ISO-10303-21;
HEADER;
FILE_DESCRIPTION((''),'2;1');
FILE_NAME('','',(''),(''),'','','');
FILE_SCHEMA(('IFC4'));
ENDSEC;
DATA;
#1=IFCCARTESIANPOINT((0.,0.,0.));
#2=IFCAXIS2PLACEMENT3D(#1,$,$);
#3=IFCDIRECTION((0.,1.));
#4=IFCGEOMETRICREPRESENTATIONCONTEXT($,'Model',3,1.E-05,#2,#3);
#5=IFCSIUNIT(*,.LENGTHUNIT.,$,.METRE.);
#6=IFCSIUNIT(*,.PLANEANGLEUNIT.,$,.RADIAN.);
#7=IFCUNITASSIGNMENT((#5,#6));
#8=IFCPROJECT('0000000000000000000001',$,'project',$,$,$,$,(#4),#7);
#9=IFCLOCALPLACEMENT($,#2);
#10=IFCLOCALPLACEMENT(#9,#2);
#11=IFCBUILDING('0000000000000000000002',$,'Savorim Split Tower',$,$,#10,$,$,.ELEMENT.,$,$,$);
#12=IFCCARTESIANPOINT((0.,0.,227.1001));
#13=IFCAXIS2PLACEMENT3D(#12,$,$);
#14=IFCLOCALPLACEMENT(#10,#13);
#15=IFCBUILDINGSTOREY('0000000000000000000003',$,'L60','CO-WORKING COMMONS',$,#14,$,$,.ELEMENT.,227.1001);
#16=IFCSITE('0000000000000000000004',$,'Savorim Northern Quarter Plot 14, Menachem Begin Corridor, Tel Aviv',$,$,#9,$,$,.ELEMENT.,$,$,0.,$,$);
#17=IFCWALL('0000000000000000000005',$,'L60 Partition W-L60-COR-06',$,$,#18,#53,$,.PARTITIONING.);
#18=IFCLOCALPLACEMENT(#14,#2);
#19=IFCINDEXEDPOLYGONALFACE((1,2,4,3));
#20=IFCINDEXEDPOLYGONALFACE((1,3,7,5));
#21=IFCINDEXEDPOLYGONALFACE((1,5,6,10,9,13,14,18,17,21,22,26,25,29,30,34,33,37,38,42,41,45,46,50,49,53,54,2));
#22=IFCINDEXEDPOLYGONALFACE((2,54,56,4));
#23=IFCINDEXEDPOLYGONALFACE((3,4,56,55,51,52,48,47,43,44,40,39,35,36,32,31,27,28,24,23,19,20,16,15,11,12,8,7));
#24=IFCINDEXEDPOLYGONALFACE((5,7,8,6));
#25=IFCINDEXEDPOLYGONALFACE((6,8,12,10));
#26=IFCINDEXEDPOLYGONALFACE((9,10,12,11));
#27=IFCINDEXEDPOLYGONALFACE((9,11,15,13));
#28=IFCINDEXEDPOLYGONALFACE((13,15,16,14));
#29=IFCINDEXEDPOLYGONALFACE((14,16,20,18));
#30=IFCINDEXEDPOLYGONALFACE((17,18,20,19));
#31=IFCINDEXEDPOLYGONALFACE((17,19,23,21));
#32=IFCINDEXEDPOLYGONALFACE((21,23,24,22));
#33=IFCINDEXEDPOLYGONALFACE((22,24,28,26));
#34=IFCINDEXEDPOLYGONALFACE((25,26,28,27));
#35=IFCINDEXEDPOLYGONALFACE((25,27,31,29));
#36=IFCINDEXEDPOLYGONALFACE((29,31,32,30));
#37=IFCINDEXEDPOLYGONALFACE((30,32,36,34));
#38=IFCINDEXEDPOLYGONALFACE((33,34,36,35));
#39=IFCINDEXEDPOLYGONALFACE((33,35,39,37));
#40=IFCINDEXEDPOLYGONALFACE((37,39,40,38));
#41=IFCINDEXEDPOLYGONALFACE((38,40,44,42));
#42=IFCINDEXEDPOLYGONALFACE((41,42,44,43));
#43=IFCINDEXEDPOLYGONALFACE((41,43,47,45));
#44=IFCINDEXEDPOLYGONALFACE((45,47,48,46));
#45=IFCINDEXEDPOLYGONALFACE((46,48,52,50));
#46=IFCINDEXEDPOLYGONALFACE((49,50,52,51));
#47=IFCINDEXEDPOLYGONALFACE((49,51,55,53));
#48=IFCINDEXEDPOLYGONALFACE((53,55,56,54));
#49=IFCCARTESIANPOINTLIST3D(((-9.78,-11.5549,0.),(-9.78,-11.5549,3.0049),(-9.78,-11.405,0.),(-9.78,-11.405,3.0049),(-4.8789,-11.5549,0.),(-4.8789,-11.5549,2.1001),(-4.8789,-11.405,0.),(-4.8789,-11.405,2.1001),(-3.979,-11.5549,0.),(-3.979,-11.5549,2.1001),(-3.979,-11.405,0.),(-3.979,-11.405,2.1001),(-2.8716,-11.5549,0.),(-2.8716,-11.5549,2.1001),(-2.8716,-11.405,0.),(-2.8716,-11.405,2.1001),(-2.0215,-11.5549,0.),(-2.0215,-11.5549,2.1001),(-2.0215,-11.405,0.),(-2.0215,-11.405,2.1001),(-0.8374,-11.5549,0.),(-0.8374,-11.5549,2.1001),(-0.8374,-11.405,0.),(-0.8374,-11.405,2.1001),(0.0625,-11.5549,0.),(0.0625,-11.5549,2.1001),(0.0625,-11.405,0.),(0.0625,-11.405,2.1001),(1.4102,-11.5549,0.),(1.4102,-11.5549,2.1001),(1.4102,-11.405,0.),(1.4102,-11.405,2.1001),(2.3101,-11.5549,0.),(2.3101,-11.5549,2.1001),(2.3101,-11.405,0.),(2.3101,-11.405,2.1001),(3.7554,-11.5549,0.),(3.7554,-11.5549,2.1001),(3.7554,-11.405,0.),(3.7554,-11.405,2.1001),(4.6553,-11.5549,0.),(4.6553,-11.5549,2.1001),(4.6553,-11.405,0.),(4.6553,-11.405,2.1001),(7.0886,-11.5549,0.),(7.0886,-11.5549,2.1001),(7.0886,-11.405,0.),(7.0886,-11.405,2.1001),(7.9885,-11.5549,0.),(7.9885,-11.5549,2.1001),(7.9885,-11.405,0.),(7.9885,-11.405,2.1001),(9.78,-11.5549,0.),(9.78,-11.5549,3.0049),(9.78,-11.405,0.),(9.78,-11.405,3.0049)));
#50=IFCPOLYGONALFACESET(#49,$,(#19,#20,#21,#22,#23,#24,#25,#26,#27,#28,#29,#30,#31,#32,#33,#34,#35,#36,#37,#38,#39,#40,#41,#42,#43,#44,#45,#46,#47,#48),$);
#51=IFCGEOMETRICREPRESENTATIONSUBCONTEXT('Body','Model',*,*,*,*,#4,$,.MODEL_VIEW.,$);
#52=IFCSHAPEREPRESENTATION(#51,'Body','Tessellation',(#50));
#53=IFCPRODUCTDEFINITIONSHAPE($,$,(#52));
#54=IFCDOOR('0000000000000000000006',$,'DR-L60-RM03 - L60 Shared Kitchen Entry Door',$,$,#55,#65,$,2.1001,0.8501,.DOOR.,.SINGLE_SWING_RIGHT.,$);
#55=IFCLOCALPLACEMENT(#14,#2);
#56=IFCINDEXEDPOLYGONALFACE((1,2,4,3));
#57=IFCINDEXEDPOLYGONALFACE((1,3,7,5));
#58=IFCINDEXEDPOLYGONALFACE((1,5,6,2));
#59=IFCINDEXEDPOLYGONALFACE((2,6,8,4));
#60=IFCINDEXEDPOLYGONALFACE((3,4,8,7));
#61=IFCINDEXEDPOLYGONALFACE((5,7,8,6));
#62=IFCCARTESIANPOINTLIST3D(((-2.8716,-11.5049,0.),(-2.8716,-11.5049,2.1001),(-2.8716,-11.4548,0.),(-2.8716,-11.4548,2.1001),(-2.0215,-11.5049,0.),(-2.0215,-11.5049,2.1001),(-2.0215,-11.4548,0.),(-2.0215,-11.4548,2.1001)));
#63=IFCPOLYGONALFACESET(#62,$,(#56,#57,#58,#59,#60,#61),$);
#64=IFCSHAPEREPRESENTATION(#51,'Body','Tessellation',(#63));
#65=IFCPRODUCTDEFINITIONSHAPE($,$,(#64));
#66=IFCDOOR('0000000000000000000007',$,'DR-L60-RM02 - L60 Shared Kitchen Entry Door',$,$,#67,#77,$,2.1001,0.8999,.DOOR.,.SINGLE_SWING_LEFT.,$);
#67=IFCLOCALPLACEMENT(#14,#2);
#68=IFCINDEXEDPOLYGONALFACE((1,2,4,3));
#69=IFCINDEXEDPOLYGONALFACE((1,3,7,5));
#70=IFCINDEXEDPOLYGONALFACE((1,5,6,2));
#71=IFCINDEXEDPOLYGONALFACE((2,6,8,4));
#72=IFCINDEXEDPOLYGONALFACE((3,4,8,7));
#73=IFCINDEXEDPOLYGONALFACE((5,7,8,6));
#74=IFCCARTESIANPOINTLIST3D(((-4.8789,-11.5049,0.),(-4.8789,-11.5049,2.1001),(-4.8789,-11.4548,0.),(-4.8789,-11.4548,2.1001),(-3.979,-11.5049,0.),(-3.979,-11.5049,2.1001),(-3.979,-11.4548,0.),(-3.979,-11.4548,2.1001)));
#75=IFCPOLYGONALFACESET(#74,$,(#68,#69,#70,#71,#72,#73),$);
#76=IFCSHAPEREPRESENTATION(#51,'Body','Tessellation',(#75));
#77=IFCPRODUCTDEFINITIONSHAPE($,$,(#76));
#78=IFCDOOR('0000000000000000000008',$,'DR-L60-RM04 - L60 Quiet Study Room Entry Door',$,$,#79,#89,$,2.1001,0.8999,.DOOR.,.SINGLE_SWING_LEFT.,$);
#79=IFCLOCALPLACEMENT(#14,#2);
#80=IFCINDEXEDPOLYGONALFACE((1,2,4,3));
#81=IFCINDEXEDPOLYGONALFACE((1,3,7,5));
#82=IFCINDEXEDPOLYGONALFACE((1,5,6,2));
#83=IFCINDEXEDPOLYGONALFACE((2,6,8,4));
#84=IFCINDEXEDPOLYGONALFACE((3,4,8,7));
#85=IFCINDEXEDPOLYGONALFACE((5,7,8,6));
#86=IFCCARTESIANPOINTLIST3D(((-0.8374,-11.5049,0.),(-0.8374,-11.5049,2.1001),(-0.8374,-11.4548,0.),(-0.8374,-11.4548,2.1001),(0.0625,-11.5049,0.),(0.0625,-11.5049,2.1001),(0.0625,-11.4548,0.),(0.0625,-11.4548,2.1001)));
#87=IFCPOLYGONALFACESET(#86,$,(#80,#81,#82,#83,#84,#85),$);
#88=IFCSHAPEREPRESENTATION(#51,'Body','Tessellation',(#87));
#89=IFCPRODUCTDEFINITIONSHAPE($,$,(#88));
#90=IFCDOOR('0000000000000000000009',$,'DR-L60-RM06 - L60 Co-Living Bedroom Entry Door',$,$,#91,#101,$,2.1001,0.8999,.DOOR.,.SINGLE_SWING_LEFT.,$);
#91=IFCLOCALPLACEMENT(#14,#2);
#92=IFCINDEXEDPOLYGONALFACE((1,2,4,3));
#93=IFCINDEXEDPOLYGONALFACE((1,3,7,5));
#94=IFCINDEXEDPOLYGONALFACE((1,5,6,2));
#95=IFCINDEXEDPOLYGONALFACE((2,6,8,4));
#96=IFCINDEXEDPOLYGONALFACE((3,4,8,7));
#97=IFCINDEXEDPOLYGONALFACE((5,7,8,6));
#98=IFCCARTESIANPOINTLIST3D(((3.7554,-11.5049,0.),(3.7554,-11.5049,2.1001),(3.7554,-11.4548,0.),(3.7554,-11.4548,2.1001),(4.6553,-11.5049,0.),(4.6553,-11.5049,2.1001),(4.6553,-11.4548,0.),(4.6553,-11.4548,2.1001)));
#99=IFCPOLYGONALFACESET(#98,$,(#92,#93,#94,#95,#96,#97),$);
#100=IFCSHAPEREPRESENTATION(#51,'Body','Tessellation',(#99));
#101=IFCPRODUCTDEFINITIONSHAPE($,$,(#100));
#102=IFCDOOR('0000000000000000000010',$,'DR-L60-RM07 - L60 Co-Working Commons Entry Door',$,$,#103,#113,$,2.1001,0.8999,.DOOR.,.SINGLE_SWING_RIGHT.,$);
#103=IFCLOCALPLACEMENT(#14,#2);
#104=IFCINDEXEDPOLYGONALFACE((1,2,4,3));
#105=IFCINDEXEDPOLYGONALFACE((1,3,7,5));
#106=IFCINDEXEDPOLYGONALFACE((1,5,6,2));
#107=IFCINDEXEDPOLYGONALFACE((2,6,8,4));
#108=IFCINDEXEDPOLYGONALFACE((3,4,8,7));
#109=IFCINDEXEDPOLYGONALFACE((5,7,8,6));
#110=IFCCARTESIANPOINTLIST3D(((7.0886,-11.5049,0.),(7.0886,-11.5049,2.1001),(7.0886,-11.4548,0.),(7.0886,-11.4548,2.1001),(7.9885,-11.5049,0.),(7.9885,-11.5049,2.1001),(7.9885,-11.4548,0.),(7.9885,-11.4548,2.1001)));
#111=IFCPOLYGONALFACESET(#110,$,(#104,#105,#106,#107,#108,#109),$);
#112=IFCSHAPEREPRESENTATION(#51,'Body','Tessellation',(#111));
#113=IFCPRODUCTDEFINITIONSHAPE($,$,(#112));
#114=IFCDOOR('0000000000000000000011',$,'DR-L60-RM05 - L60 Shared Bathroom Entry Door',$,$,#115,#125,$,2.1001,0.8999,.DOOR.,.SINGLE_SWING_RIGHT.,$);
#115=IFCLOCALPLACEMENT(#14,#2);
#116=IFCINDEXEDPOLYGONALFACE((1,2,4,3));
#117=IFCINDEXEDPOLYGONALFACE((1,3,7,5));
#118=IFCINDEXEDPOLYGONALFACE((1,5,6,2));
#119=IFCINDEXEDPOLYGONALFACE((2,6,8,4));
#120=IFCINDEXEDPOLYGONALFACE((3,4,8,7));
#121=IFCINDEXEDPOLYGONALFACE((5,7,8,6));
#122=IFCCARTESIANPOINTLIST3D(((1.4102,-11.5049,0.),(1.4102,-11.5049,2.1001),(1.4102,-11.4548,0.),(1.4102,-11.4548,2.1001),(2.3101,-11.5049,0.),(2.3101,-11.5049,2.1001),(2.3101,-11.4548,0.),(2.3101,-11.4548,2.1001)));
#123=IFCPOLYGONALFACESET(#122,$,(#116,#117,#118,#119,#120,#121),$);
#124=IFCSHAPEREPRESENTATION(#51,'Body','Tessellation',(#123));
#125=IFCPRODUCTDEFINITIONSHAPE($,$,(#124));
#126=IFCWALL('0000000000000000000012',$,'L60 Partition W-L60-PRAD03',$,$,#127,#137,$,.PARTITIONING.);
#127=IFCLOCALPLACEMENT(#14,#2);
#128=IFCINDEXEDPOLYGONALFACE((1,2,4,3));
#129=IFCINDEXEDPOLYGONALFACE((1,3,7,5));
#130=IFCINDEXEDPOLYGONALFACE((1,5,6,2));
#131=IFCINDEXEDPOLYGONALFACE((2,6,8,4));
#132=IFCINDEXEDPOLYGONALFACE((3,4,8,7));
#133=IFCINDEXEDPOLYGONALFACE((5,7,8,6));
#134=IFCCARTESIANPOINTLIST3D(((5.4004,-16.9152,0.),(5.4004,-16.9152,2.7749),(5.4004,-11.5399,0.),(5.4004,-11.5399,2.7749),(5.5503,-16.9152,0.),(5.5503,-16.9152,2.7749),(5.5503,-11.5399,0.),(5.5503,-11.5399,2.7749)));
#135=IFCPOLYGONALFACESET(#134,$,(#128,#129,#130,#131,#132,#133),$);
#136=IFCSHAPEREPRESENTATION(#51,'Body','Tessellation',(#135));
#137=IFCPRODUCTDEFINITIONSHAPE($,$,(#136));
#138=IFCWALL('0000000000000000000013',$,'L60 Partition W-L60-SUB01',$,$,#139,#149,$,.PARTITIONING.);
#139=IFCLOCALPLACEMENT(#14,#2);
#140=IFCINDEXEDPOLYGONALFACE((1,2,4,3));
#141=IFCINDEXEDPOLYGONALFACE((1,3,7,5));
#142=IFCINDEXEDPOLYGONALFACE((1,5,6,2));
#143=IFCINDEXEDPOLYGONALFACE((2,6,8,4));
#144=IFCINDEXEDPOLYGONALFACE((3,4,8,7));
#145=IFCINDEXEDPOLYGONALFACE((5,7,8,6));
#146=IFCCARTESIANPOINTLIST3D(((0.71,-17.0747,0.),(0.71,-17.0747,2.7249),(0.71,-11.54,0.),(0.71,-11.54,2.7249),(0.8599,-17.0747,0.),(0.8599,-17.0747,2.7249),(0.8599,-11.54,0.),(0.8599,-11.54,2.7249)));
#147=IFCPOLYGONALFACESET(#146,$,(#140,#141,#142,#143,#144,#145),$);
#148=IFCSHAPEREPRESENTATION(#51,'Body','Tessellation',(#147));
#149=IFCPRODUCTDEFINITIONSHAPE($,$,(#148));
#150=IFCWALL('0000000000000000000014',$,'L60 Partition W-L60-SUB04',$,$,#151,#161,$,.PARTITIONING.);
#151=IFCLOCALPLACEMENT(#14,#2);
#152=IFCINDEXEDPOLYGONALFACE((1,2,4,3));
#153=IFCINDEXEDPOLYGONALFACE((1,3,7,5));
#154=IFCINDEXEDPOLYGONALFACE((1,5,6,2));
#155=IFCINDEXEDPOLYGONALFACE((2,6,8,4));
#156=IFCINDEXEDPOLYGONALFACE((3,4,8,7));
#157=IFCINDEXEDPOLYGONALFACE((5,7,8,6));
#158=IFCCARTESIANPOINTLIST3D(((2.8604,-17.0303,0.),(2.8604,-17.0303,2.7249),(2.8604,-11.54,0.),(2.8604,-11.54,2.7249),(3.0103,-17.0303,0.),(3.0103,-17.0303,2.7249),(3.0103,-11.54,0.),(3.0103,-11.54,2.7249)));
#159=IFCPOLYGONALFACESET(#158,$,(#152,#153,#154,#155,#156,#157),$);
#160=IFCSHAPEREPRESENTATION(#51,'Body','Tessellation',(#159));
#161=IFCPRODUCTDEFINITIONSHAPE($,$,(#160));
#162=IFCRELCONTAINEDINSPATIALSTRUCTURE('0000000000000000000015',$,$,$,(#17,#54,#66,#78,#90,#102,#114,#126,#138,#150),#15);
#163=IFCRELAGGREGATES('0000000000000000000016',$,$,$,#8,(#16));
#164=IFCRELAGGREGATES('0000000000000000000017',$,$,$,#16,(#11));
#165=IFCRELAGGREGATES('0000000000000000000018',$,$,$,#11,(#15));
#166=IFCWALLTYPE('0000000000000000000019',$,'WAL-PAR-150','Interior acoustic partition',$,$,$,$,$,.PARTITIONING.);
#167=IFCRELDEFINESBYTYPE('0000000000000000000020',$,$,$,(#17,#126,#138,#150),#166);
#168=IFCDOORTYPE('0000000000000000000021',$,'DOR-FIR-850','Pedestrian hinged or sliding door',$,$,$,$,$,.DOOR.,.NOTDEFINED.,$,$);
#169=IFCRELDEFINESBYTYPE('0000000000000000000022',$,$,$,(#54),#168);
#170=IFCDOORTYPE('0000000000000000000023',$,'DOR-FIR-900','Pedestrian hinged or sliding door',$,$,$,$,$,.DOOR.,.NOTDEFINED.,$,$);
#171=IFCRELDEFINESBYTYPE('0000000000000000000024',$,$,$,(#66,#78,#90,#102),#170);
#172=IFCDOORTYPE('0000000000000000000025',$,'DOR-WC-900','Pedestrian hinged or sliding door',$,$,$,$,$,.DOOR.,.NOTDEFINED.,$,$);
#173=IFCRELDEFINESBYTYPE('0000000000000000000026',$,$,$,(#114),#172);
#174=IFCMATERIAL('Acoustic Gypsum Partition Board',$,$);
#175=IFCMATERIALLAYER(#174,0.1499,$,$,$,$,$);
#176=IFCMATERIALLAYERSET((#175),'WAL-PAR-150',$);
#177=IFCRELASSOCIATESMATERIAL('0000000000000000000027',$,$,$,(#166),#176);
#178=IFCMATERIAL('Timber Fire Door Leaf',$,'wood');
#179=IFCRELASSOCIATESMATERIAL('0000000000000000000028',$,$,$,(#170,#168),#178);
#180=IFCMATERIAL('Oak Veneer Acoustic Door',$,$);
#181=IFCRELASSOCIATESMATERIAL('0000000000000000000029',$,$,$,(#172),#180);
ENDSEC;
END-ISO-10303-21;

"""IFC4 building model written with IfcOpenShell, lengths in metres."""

from ifc_helpers import new_model, si_unit, direction, frame, frame_2d, origin, place, context, subcontext, project, spatial, rectangle, extrude, material, layer, layer_set, type_object, element, fill, save


model = new_model("IFC4")

# Units and contexts
model_context = context("Model", 3, precision=1e-05, world=origin(), true_north=direction((0.0, 1.0)))
body_context = subcontext(model_context, "Body", "Model", "MODEL_VIEW")
ifc_project = project(units=[si_unit("LENGTHUNIT", "METRE"), si_unit("PLANEANGLEUNIT", "RADIAN")], contexts=[model_context])

# Site, building, storey
site_placement = place(None, origin())
site = spatial("IfcSite", under=ifc_project, at=site_placement, Name="Savorim Northern Quarter Plot 14, Menachem Begin Corridor, Tel Aviv", CompositionType="ELEMENT", RefElevation=0.0)
building_placement = place(site_placement, origin())
building = spatial("IfcBuilding", under=site, at=building_placement, Name="Savorim Split Tower", CompositionType="ELEMENT")
storey_placement = place(building_placement, frame((0.0, 0.0, 227.1001)))
storey = spatial("IfcBuildingStorey", under=building, at=storey_placement, Name="L60", Description="CO-WORKING COMMONS", CompositionType="ELEMENT", Elevation=227.1001)

# Shared definitions
ifc_material_1 = material(Name="Timber Fire Door Leaf", Category="wood")

# Shared definitions
ifc_material_2 = material(Name="Acoustic Gypsum Partition Board")
ifc_layer_1 = layer(ifc_material_2, 0.1499)
ifc_layer_set_1 = layer_set([ifc_layer_1], Name="WAL-PAR-150")
wall_type_1 = type_object("IfcWallType", Name="WAL-PAR-150", Description="Interior acoustic partition", PredefinedType="PARTITIONING", material=ifc_layer_set_1)
door_type_1 = type_object("IfcDoorType", Name="DOR-FIR-900", Description="Pedestrian hinged or sliding door", OperationType="NOTDEFINED", PredefinedType="DOOR", material=ifc_material_1)

# Wall, openings, doors
wall_1_placement = place(storey_placement, frame((9.78, -11.48, 0.0), z_axis=(0.0, 0.0, 1.0), x_axis=(-1.0, 0.0, 0.0)))
wall_1 = element("IfcWall", 1, at=wall_1_placement, inside=storey, type_object=wall_type_1, Name="L60 Partition W-L60-COR-06", PredefinedType="PARTITIONING", context=body_context, shape_type="SweptSolid", body=[
    extrude(rectangle(XDim=19.5601, YDim=0.1499, at=frame_2d((9.78, 0.0))), origin(), (0.0, 0.0, 1.0), 3.0049),
])
opening_1_placement = place(wall_1_placement, frame((13.759, 0.0, 0.0)))
opening_1 = element("IfcOpeningElement", 2, at=opening_1_placement, cuts=wall_1, PredefinedType="OPENING", context=body_context, shape_type="SweptSolid", body=[
    extrude(rectangle(XDim=0.8999, YDim=2.1001, at=frame_2d((0.45, 1.05))), frame((0.0, 0.085, 0.0), z_axis=(0.0, -1.0, 0.0), x_axis=(1.0, 0.0, 0.0)), (0.0, 0.0, 1.0), 0.1699),
])
opening_2_placement = place(wall_1_placement, frame((11.8015, 0.0, 0.0)))
opening_2 = element("IfcOpeningElement", 3, at=opening_2_placement, cuts=wall_1, PredefinedType="OPENING", context=body_context, shape_type="SweptSolid", body=[
    extrude(rectangle(XDim=0.8501, YDim=2.1001, at=frame_2d((0.425, 1.05))), frame((0.0, 0.085, 0.0), z_axis=(0.0, -1.0, 0.0), x_axis=(1.0, 0.0, 0.0)), (0.0, 0.0, 1.0), 0.1699),
])
opening_3_placement = place(wall_1_placement, frame((9.7175, 0.0, 0.0)))
opening_3 = element("IfcOpeningElement", 4, at=opening_3_placement, cuts=wall_1, PredefinedType="OPENING", context=body_context, shape_type="SweptSolid", body=[
    extrude(rectangle(XDim=0.8999, YDim=2.1001, at=frame_2d((0.45, 1.05))), frame((0.0, 0.085, 0.0), z_axis=(0.0, -1.0, 0.0), x_axis=(1.0, 0.0, 0.0)), (0.0, 0.0, 1.0), 0.1699),
])
opening_4_placement = place(wall_1_placement, frame((7.47, 0.0, 0.0)))
opening_4 = element("IfcOpeningElement", 5, at=opening_4_placement, cuts=wall_1, PredefinedType="OPENING", context=body_context, shape_type="SweptSolid", body=[
    extrude(rectangle(XDim=0.8999, YDim=2.1001, at=frame_2d((0.45, 1.05))), frame((0.0, 0.085, 0.0), z_axis=(0.0, -1.0, 0.0), x_axis=(1.0, 0.0, 0.0)), (0.0, 0.0, 1.0), 0.1699),
])
opening_5_placement = place(wall_1_placement, frame((5.1248, 0.0, 0.0)))
opening_5 = element("IfcOpeningElement", 6, at=opening_5_placement, cuts=wall_1, PredefinedType="OPENING", context=body_context, shape_type="SweptSolid", body=[
    extrude(rectangle(XDim=0.8999, YDim=2.1001, at=frame_2d((0.45, 1.05))), frame((0.0, 0.085, 0.0), z_axis=(0.0, -1.0, 0.0), x_axis=(1.0, 0.0, 0.0)), (0.0, 0.0, 1.0), 0.1699),
])
opening_6_placement = place(wall_1_placement, frame((1.7915, 0.0, 0.0)))
opening_6 = element("IfcOpeningElement", 7, at=opening_6_placement, cuts=wall_1, PredefinedType="OPENING", context=body_context, shape_type="SweptSolid", body=[
    extrude(rectangle(XDim=0.8999, YDim=2.1001, at=frame_2d((0.45, 1.05))), frame((0.0, 0.085, 0.0), z_axis=(0.0, -1.0, 0.0), x_axis=(1.0, 0.0, 0.0)), (0.0, 0.0, 1.0), 0.1699),
])
door_type_2 = type_object("IfcDoorType", Name="DOR-FIR-850", Description="Pedestrian hinged or sliding door", OperationType="NOTDEFINED", PredefinedType="DOOR", material=ifc_material_1)
door_1_placement = place(opening_2_placement, origin())
door_1 = element("IfcDoor", 8, at=door_1_placement, inside=storey, type_object=door_type_2, Name="DR-L60-RM03 - L60 Shared Kitchen Entry Door", OperationType="SINGLE_SWING_RIGHT", OverallHeight=2.1001, OverallWidth=0.8501, PredefinedType="DOOR", context=body_context, shape_type="SweptSolid", body=[
    extrude(rectangle(XDim=0.8501, YDim=2.1001, at=frame_2d((0.425, 1.05))), frame((0.0, 0.0249, 0.0), z_axis=(0.0, -1.0, 0.0), x_axis=(1.0, 0.0, 0.0)), (0.0, 0.0, 1.0), 0.05),
])
fill(opening_2, door_1)
door_2_placement = place(opening_1_placement, origin())
door_2 = element("IfcDoor", 9, at=door_2_placement, inside=storey, type_object=door_type_1, Name="DR-L60-RM02 - L60 Shared Kitchen Entry Door", OperationType="SINGLE_SWING_LEFT", OverallHeight=2.1001, OverallWidth=0.8999, PredefinedType="DOOR", context=body_context, shape_type="SweptSolid", body=[
    extrude(rectangle(XDim=0.8999, YDim=2.1001, at=frame_2d((0.45, 1.05))), frame((0.0, 0.0249, 0.0), z_axis=(0.0, -1.0, 0.0), x_axis=(1.0, 0.0, 0.0)), (0.0, 0.0, 1.0), 0.05),
])
fill(opening_1, door_2)
door_3_placement = place(opening_3_placement, origin())
door_3 = element("IfcDoor", 10, at=door_3_placement, inside=storey, type_object=door_type_1, Name="DR-L60-RM04 - L60 Quiet Study Room Entry Door", OperationType="SINGLE_SWING_LEFT", OverallHeight=2.1001, OverallWidth=0.8999, PredefinedType="DOOR", context=body_context, shape_type="SweptSolid", body=[
    extrude(rectangle(XDim=0.8999, YDim=2.1001, at=frame_2d((0.45, 1.05))), frame((0.0, 0.0249, 0.0), z_axis=(0.0, -1.0, 0.0), x_axis=(1.0, 0.0, 0.0)), (0.0, 0.0, 1.0), 0.05),
])
fill(opening_3, door_3)
door_4_placement = place(opening_5_placement, origin())
door_4 = element("IfcDoor", 11, at=door_4_placement, inside=storey, type_object=door_type_1, Name="DR-L60-RM06 - L60 Co-Living Bedroom Entry Door", OperationType="SINGLE_SWING_LEFT", OverallHeight=2.1001, OverallWidth=0.8999, PredefinedType="DOOR", context=body_context, shape_type="SweptSolid", body=[
    extrude(rectangle(XDim=0.8999, YDim=2.1001, at=frame_2d((0.45, 1.05))), frame((0.0, 0.0249, 0.0), z_axis=(0.0, -1.0, 0.0), x_axis=(1.0, 0.0, 0.0)), (0.0, 0.0, 1.0), 0.05),
])
fill(opening_5, door_4)
door_5_placement = place(opening_6_placement, origin())
door_5 = element("IfcDoor", 12, at=door_5_placement, inside=storey, type_object=door_type_1, Name="DR-L60-RM07 - L60 Co-Working Commons Entry Door", OperationType="SINGLE_SWING_RIGHT", OverallHeight=2.1001, OverallWidth=0.8999, PredefinedType="DOOR", context=body_context, shape_type="SweptSolid", body=[
    extrude(rectangle(XDim=0.8999, YDim=2.1001, at=frame_2d((0.45, 1.05))), frame((0.0, 0.0249, 0.0), z_axis=(0.0, -1.0, 0.0), x_axis=(1.0, 0.0, 0.0)), (0.0, 0.0, 1.0), 0.05),
])
fill(opening_6, door_5)
ifc_material_3 = material(Name="Oak Veneer Acoustic Door")
door_type_3 = type_object("IfcDoorType", Name="DOR-WC-900", Description="Pedestrian hinged or sliding door", OperationType="NOTDEFINED", PredefinedType="DOOR", material=ifc_material_3)
door_6_placement = place(opening_4_placement, origin())
door_6 = element("IfcDoor", 13, at=door_6_placement, inside=storey, type_object=door_type_3, Name="DR-L60-RM05 - L60 Shared Bathroom Entry Door", OperationType="SINGLE_SWING_RIGHT", OverallHeight=2.1001, OverallWidth=0.8999, PredefinedType="DOOR", context=body_context, shape_type="SweptSolid", body=[
    extrude(rectangle(XDim=0.8999, YDim=2.1001, at=frame_2d((0.45, 1.05))), frame((0.0, 0.0249, 0.0), z_axis=(0.0, -1.0, 0.0), x_axis=(1.0, 0.0, 0.0)), (0.0, 0.0, 1.0), 0.05),
])
fill(opening_4, door_6)

# Walls
wall_2_placement = place(storey_placement, frame((5.4753, -11.54, 0.0), z_axis=(0.0, 0.0, 1.0), x_axis=(0.0, -1.0, 0.0)))
element("IfcWall", 14, at=wall_2_placement, inside=storey, type_object=wall_type_1, Name="L60 Partition W-L60-PRAD03", PredefinedType="PARTITIONING", context=body_context, shape_type="SweptSolid", body=[
    extrude(rectangle(XDim=5.3752, YDim=0.1499, at=frame_2d((2.6875, 0.0))), origin(), (0.0, 0.0, 1.0), 2.7749),
])
wall_3_placement = place(storey_placement, frame((0.7849, -11.54, 0.0), z_axis=(0.0, 0.0, 1.0), x_axis=(0.0, -1.0, 0.0)))
element("IfcWall", 15, at=wall_3_placement, inside=storey, type_object=wall_type_1, Name="L60 Partition W-L60-SUB01", PredefinedType="PARTITIONING", context=body_context, shape_type="SweptSolid", body=[
    extrude(rectangle(XDim=5.5347, YDim=0.1499, at=frame_2d((2.7673, 0.0))), origin(), (0.0, 0.0, 1.0), 2.7249),
])
wall_4_placement = place(storey_placement, frame((2.9353, -11.54, 0.0), z_axis=(0.0, 0.0, 1.0), x_axis=(0.0, -1.0, 0.0)))
element("IfcWall", 16, at=wall_4_placement, inside=storey, type_object=wall_type_1, Name="L60 Partition W-L60-SUB04", PredefinedType="PARTITIONING", context=body_context, shape_type="SweptSolid", body=[
    extrude(rectangle(XDim=5.4902, YDim=0.1499, at=frame_2d((2.7451, 0.0))), origin(), (0.0, 0.0, 1.0), 2.7249),
])

save(model, "model.ifc")
